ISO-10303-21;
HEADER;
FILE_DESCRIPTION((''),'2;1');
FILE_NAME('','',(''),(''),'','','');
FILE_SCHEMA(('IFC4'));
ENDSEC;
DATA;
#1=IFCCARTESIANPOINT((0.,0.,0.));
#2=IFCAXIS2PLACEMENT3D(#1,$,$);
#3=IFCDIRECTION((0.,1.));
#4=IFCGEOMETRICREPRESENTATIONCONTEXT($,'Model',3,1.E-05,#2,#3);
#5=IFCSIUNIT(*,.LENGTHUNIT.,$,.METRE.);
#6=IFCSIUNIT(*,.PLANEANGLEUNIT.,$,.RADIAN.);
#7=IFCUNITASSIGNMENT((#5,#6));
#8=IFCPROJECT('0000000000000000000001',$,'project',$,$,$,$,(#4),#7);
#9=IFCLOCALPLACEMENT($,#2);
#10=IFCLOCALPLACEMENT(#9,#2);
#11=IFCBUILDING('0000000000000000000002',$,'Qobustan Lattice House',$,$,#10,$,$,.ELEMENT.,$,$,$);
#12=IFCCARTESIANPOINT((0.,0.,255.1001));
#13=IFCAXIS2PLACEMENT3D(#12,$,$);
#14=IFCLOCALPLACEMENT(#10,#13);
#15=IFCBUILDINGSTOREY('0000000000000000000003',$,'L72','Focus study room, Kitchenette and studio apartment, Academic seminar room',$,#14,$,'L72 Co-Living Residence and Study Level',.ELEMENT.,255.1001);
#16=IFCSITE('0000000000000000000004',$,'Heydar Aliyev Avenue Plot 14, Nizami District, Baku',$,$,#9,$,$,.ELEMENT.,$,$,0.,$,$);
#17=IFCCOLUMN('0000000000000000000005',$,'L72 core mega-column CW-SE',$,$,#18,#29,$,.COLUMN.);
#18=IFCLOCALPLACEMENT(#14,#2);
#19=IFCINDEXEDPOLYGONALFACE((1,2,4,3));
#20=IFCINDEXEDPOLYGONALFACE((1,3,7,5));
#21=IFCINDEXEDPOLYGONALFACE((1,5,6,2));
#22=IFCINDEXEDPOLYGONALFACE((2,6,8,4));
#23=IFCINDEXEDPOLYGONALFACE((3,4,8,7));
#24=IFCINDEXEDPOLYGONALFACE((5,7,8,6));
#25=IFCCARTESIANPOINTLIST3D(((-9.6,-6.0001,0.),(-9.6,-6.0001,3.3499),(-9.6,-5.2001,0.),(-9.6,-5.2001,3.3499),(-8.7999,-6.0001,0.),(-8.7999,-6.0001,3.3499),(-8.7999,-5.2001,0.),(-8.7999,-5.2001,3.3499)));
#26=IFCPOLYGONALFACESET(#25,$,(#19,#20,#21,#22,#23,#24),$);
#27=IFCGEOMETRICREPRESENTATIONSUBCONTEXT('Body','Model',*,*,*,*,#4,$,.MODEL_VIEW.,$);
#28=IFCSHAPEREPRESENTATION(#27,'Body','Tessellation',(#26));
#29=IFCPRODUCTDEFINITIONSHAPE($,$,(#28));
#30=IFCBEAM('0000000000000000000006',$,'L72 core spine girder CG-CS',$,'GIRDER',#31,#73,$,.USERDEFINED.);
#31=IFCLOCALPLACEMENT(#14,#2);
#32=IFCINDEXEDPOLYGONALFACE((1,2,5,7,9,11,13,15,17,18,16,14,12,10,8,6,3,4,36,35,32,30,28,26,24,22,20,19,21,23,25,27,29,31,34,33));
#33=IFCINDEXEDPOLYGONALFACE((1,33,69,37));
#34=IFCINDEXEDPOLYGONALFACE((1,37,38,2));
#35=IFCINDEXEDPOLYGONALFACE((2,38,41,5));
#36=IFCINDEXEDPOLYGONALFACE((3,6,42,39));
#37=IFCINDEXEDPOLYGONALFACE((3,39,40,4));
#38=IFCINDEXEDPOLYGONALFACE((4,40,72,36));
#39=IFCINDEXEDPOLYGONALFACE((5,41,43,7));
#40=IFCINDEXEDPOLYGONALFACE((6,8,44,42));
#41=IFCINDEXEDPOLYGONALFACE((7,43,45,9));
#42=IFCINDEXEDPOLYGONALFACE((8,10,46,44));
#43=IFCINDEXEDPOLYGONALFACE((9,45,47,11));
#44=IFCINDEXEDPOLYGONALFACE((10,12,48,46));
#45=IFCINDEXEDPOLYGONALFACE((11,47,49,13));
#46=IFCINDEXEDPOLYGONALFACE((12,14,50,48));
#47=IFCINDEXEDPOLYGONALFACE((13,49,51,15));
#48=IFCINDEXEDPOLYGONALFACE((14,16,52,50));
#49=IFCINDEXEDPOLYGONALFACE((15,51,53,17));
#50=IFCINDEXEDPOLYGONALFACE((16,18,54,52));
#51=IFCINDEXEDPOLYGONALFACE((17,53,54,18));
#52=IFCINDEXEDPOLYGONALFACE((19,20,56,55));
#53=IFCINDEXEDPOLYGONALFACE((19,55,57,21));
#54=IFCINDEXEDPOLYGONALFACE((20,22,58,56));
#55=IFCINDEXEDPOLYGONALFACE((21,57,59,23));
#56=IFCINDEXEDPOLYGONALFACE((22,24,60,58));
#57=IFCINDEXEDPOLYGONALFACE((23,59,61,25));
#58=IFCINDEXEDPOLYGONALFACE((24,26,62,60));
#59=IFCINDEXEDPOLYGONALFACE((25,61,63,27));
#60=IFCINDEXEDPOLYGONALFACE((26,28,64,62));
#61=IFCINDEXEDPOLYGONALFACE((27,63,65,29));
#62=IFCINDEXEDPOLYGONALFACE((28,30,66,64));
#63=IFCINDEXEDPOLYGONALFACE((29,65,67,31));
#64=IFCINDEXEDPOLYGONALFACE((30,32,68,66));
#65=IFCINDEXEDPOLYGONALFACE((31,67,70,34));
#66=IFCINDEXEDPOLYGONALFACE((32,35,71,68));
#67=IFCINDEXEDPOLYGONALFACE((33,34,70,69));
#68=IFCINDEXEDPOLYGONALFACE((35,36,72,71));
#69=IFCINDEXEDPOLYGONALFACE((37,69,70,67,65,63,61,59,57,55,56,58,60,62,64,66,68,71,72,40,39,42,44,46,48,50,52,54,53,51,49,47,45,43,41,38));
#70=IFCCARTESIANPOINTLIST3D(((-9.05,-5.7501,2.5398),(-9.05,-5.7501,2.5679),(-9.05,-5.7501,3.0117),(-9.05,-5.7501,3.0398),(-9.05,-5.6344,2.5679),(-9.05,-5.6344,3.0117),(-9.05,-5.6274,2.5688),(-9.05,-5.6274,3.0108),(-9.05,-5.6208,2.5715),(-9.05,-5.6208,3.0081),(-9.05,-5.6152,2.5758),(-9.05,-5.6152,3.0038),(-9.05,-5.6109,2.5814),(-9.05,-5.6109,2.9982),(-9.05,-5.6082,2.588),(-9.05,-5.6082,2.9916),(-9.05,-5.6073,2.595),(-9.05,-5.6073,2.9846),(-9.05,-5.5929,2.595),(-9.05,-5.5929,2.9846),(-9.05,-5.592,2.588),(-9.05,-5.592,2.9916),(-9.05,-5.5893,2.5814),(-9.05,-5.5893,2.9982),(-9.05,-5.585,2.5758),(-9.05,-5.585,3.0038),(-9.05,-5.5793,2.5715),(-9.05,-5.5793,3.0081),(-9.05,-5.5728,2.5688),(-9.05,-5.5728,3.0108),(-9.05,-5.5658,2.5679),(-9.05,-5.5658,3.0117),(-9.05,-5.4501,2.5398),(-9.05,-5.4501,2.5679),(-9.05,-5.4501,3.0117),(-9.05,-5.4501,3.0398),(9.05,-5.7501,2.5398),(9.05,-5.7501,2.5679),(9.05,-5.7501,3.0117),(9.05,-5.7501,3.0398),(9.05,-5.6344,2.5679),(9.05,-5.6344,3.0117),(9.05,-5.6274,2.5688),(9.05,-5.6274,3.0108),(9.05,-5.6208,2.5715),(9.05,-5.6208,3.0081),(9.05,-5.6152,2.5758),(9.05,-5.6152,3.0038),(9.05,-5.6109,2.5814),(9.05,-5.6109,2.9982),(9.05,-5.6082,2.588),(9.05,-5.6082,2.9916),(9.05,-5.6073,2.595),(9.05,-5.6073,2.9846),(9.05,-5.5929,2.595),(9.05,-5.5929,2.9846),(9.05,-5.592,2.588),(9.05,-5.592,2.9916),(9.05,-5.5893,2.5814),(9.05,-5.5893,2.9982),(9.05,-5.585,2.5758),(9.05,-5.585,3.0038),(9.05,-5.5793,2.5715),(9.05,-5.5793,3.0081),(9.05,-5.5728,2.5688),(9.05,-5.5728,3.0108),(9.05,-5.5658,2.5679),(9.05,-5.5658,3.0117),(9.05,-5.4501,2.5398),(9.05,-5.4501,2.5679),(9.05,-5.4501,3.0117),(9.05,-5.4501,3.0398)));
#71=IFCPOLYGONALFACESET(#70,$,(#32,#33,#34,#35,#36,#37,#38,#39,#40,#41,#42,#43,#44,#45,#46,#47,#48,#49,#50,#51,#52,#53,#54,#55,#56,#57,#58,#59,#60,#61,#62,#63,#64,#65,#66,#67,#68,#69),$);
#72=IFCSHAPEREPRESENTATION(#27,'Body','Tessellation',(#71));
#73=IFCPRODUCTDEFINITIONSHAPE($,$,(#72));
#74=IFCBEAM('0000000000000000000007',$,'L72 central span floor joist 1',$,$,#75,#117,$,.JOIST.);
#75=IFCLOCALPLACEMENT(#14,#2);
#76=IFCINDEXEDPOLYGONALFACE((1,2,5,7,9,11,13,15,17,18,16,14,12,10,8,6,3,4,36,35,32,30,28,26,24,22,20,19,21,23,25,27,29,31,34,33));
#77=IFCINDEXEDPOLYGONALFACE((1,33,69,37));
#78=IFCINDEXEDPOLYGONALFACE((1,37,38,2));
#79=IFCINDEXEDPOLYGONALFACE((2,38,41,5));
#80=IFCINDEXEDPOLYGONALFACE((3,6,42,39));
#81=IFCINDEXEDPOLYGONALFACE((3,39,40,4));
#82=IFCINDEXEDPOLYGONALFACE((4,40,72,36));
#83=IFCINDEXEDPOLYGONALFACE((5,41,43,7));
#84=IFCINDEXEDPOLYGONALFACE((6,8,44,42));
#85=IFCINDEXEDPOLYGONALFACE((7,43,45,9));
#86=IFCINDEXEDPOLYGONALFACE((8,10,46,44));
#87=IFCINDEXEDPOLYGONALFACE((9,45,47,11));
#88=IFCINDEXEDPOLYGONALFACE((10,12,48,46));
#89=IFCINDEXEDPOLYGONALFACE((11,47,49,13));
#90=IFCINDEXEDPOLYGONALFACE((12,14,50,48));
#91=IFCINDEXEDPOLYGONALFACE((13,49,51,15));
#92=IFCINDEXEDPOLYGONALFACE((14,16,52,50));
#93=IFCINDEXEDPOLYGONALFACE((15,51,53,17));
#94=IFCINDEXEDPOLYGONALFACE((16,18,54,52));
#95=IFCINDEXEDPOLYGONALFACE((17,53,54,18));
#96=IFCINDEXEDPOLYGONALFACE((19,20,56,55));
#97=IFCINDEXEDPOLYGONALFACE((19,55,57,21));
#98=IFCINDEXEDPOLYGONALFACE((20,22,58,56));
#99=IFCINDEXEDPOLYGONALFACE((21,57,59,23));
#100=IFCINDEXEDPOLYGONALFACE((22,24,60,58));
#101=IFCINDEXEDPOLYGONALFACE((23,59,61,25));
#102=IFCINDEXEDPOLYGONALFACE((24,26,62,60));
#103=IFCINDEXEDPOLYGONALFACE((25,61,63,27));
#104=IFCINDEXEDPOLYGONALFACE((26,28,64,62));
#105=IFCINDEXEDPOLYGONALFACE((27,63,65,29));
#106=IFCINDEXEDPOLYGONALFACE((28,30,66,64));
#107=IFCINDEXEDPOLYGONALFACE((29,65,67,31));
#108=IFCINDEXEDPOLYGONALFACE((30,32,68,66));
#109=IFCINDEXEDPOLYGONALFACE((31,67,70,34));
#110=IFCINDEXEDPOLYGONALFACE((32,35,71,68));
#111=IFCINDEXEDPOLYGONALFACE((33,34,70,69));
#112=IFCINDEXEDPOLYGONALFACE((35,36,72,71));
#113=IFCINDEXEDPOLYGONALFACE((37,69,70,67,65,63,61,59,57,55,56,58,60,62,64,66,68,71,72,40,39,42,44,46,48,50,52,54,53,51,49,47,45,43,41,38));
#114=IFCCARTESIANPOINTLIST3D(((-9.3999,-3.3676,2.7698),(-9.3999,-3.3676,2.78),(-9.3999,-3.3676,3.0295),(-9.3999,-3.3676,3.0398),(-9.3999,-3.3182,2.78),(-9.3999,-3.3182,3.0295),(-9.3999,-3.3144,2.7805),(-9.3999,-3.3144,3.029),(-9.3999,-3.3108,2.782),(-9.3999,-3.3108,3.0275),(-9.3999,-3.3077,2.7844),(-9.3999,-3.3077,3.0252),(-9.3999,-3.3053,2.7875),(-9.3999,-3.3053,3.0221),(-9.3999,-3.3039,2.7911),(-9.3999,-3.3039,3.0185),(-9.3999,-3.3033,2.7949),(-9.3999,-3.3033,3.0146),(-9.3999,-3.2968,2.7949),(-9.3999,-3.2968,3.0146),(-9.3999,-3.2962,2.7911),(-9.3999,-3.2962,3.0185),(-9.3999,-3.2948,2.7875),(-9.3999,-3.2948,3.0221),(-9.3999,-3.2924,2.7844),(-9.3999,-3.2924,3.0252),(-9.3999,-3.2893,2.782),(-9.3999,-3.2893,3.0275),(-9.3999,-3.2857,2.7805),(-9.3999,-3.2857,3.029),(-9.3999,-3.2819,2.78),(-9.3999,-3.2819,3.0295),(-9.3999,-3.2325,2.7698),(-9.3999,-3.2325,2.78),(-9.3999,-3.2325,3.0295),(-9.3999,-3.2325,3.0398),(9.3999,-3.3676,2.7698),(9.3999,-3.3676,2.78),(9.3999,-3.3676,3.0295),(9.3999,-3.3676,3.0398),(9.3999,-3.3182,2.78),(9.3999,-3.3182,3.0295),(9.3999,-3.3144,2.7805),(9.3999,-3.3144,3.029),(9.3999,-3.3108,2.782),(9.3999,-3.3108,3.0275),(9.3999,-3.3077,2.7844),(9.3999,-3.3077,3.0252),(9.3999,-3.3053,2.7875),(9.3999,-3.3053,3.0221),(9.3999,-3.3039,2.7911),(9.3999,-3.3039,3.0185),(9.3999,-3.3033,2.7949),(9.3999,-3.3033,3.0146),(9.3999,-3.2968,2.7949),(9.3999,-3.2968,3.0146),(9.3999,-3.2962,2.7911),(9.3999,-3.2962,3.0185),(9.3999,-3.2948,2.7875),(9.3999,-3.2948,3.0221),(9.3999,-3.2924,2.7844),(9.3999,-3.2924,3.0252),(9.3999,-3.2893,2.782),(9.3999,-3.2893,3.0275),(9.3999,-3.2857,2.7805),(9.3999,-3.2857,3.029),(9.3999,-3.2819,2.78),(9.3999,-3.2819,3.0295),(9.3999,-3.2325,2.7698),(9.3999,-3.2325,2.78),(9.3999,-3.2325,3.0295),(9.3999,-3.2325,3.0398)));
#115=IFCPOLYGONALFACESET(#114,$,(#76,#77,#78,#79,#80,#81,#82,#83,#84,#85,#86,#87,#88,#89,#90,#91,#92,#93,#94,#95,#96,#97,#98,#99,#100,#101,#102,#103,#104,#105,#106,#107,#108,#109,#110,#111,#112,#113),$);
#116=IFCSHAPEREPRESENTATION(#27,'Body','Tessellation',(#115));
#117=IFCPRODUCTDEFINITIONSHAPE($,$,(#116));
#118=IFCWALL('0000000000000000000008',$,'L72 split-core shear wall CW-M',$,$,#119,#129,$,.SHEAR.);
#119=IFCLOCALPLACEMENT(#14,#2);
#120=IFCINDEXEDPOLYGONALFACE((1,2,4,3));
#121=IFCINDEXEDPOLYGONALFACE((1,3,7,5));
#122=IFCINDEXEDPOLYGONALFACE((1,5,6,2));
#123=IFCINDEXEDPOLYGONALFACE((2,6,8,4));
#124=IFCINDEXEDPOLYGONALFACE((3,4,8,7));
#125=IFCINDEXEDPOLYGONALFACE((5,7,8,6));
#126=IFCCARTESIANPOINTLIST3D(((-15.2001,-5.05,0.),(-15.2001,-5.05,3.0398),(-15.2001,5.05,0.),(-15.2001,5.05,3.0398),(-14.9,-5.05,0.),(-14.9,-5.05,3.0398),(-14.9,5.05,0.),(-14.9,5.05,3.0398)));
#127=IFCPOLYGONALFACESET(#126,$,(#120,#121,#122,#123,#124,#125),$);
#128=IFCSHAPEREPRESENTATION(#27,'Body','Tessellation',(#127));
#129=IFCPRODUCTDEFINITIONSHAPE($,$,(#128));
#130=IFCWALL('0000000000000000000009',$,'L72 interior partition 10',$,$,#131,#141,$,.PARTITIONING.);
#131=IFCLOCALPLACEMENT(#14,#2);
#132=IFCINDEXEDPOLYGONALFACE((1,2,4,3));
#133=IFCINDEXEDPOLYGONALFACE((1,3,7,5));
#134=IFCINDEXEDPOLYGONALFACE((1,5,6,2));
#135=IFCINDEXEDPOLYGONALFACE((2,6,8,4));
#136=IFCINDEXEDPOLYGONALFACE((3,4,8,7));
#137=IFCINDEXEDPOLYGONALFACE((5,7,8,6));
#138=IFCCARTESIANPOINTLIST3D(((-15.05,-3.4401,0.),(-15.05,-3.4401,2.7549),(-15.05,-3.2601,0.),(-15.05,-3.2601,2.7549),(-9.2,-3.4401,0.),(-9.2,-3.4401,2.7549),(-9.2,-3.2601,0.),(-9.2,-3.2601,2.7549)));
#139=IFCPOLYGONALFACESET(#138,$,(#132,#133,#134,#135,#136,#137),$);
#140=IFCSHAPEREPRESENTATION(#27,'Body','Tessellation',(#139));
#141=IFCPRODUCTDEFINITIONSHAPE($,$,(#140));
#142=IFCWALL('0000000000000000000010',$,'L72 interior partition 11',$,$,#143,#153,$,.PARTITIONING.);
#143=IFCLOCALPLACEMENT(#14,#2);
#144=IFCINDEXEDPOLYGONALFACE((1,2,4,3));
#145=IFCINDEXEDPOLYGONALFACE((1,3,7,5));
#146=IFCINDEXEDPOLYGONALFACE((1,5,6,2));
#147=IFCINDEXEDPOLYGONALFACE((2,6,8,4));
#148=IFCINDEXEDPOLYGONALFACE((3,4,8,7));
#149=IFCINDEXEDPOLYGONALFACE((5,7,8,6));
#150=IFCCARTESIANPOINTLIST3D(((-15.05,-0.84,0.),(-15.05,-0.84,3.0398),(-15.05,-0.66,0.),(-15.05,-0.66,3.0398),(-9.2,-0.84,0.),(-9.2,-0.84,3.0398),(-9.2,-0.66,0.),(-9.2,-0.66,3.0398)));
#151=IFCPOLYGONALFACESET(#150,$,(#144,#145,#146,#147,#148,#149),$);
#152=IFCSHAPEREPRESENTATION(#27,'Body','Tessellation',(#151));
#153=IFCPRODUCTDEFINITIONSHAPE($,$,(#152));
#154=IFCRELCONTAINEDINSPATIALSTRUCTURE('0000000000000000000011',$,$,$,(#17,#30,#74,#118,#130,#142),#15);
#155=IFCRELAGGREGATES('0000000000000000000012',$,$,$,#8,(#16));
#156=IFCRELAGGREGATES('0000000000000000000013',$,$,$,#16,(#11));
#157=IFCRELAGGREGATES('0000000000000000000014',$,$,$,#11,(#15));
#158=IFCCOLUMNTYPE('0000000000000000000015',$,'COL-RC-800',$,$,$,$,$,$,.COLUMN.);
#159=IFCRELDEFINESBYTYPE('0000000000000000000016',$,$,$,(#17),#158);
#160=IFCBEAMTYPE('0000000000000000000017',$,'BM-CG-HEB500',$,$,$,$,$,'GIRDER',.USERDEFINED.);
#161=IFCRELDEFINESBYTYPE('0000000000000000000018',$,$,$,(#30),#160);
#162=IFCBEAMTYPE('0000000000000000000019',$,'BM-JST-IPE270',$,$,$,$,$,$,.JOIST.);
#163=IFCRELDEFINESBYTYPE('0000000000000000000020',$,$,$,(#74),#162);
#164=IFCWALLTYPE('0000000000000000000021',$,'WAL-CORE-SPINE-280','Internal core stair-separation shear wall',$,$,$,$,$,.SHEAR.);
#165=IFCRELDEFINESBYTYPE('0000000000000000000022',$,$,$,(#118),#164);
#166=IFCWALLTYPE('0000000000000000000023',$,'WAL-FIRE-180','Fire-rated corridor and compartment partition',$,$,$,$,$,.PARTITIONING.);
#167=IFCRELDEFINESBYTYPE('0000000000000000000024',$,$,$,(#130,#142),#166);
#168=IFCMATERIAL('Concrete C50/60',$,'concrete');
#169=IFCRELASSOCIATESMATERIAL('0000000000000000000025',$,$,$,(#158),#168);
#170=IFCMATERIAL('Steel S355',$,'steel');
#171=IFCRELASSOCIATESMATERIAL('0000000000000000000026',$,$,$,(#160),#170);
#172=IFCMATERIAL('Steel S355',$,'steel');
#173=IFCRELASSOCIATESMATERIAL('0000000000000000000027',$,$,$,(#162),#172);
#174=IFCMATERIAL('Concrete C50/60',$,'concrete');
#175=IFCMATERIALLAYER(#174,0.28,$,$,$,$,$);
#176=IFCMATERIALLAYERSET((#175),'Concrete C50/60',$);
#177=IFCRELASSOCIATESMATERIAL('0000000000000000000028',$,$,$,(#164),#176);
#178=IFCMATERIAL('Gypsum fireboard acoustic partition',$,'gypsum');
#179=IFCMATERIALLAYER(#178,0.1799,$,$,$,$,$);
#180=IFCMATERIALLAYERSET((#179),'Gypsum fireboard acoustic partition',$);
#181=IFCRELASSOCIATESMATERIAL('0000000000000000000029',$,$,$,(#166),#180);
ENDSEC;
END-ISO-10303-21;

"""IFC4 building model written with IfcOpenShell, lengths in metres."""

from ifc_helpers import new_model, si_unit, direction, frame, frame_2d, origin, origin_2d, place, context, subcontext, project, spatial, rectangle, i_section, extrude, material, layer, layer_set, material_profile, profile_set, type_object, element, save


model = new_model("IFC4")

# Units and contexts
model_context = context("Model", 3, precision=1e-05, world=origin(), true_north=direction((0.0, 1.0)))
body_context = subcontext(model_context, "Body", "Model", "MODEL_VIEW")
ifc_project = project(units=[si_unit("LENGTHUNIT", "METRE"), si_unit("PLANEANGLEUNIT", "RADIAN")], contexts=[model_context])

# Site, building, storey
site_placement = place(None, origin())
site = spatial("IfcSite", under=ifc_project, at=site_placement, Name="Heydar Aliyev Avenue Plot 14, Nizami District, Baku", CompositionType="ELEMENT", RefElevation=0.0)
building_placement = place(site_placement, origin())
building = spatial("IfcBuilding", under=site, at=building_placement, Name="Qobustan Lattice House", CompositionType="ELEMENT")
storey_placement = place(building_placement, frame((0.0, 0.0, 255.1001)))
storey = spatial("IfcBuildingStorey", under=building, at=storey_placement, Name="L72", Description="Focus study room, Kitchenette and studio apartment, Academic seminar room", LongName="L72 Co-Living Residence and Study Level", CompositionType="ELEMENT", Elevation=255.1001)

# Column
ifc_material_1 = material(Name="Concrete C50/60", Category="concrete")
ifc_material_profile_1 = material_profile(ifc_material_1, rectangle(XDim=0.8, YDim=0.8, at=origin_2d()), Name="RC800x800")
ifc_profile_set_1 = profile_set([ifc_material_profile_1], Name="Concrete C50/60")
column_type = type_object("IfcColumnType", Name="COL-RC-800", PredefinedType="COLUMN", material=ifc_profile_set_1)
column_placement = place(storey_placement, frame((-9.2, -5.6001, 0.0), z_axis=(0.0, 0.0, 1.0), x_axis=(1.0, 0.0, 0.0)))
element("IfcColumn", 1, at=column_placement, inside=storey, type_object=column_type, Name="L72 core mega-column CW-SE", PredefinedType="COLUMN", context=body_context, shape_type="SweptSolid", body=[
    extrude(rectangle(XDim=0.8, YDim=0.8, at=origin_2d()), origin(), (0.0, 0.0, 1.0), 3.3499),
])

# Beams
ifc_material_2 = material(Name="Steel S355", Category="steel")
ifc_material_profile_2 = material_profile(ifc_material_2, i_section(OverallWidth=0.3, OverallDepth=0.5, WebThickness=0.0144, FlangeThickness=0.0281, FilletRadius=0.0271, at=origin_2d()), Name="HEB500")
ifc_profile_set_2 = profile_set([ifc_material_profile_2], Name="Steel S355")
beam_type_1 = type_object("IfcBeamType", Name="BM-CG-HEB500", ElementType="GIRDER", PredefinedType="USERDEFINED", material=ifc_profile_set_2)
beam_1_placement = place(storey_placement, frame((-9.05, -5.6001, 2.7898), z_axis=(1.0, 0.0, 0.0), x_axis=(0.0, 1.0, 0.0)))
element("IfcBeam", 2, at=beam_1_placement, inside=storey, type_object=beam_type_1, Name="L72 core spine girder CG-CS", ObjectType="GIRDER", PredefinedType="USERDEFINED", context=body_context, shape_type="SweptSolid", body=[
    extrude(i_section(OverallWidth=0.3, OverallDepth=0.5, WebThickness=0.0144, FlangeThickness=0.0281, FilletRadius=0.0271, at=origin_2d()), origin(), (0.0, 0.0, 1.0), 18.1001),
])
ifc_material_3 = material(Name="Steel S355", Category="steel")
ifc_material_profile_3 = material_profile(ifc_material_3, i_section(OverallWidth=0.135, OverallDepth=0.27, WebThickness=0.0066, FlangeThickness=0.0103, FilletRadius=0.0149, at=origin_2d()), Name="IPE270")
ifc_profile_set_3 = profile_set([ifc_material_profile_3], Name="Steel S355")
beam_type_2 = type_object("IfcBeamType", Name="BM-JST-IPE270", PredefinedType="JOIST", material=ifc_profile_set_3)
beam_2_placement = place(storey_placement, frame((-9.3999, -3.3, 2.9048), z_axis=(1.0, 0.0, 0.0), x_axis=(0.0, 1.0, 0.0)))
element("IfcBeam", 3, at=beam_2_placement, inside=storey, type_object=beam_type_2, Name="L72 central span floor joist 1", PredefinedType="JOIST", context=body_context, shape_type="SweptSolid", body=[
    extrude(i_section(OverallWidth=0.135, OverallDepth=0.27, WebThickness=0.0066, FlangeThickness=0.0103, FilletRadius=0.0149, at=origin_2d()), origin(), (0.0, 0.0, 1.0), 18.7998),
])

# Walls
ifc_material_4 = material(Name="Concrete C50/60", Category="concrete")
ifc_layer_1 = layer(ifc_material_4, 0.28)
ifc_layer_set_1 = layer_set([ifc_layer_1], Name="Concrete C50/60")
wall_type_1 = type_object("IfcWallType", Name="WAL-CORE-SPINE-280", Description="Internal core stair-separation shear wall", PredefinedType="SHEAR", material=ifc_layer_set_1)
wall_1_placement = place(storey_placement, frame((-15.05, -5.05, 0.0), z_axis=(0.0, 0.0, 1.0), x_axis=(0.0, 1.0, 0.0)))
element("IfcWall", 4, at=wall_1_placement, inside=storey, type_object=wall_type_1, Name="L72 split-core shear wall CW-M", PredefinedType="SHEAR", context=body_context, shape_type="SweptSolid", body=[
    extrude(rectangle(XDim=10.1001, YDim=0.3, at=frame_2d((5.05, 0.0))), origin(), (0.0, 0.0, 1.0), 3.0398),
])
ifc_material_5 = material(Name="Gypsum fireboard acoustic partition", Category="gypsum")
ifc_layer_2 = layer(ifc_material_5, 0.1799)
ifc_layer_set_2 = layer_set([ifc_layer_2], Name="Gypsum fireboard acoustic partition")
wall_type_2 = type_object("IfcWallType", Name="WAL-FIRE-180", Description="Fire-rated corridor and compartment partition", PredefinedType="PARTITIONING", material=ifc_layer_set_2)
wall_2_placement = place(storey_placement, frame((-15.05, -3.3501, 0.0), z_axis=(0.0, 0.0, 1.0), x_axis=(1.0, 0.0, 0.0)))
element("IfcWall", 5, at=wall_2_placement, inside=storey, type_object=wall_type_2, Name="L72 interior partition 10", PredefinedType="PARTITIONING", context=body_context, shape_type="SweptSolid", body=[
    extrude(rectangle(XDim=5.8501, YDim=0.1799, at=frame_2d((2.925, 0.0))), origin(), (0.0, 0.0, 1.0), 2.7549),
])
wall_3_placement = place(storey_placement, frame((-9.2, -0.75, 0.0), z_axis=(0.0, 0.0, 1.0), x_axis=(-1.0, 0.0, 0.0)))
element("IfcWall", 6, at=wall_3_placement, inside=storey, type_object=wall_type_2, Name="L72 interior partition 11", PredefinedType="PARTITIONING", context=body_context, shape_type="SweptSolid", body=[
    extrude(rectangle(XDim=5.8501, YDim=0.1799, at=frame_2d((2.925, 0.0))), origin(), (0.0, 0.0, 1.0), 3.0398),
])

save(model, "model.ifc")
